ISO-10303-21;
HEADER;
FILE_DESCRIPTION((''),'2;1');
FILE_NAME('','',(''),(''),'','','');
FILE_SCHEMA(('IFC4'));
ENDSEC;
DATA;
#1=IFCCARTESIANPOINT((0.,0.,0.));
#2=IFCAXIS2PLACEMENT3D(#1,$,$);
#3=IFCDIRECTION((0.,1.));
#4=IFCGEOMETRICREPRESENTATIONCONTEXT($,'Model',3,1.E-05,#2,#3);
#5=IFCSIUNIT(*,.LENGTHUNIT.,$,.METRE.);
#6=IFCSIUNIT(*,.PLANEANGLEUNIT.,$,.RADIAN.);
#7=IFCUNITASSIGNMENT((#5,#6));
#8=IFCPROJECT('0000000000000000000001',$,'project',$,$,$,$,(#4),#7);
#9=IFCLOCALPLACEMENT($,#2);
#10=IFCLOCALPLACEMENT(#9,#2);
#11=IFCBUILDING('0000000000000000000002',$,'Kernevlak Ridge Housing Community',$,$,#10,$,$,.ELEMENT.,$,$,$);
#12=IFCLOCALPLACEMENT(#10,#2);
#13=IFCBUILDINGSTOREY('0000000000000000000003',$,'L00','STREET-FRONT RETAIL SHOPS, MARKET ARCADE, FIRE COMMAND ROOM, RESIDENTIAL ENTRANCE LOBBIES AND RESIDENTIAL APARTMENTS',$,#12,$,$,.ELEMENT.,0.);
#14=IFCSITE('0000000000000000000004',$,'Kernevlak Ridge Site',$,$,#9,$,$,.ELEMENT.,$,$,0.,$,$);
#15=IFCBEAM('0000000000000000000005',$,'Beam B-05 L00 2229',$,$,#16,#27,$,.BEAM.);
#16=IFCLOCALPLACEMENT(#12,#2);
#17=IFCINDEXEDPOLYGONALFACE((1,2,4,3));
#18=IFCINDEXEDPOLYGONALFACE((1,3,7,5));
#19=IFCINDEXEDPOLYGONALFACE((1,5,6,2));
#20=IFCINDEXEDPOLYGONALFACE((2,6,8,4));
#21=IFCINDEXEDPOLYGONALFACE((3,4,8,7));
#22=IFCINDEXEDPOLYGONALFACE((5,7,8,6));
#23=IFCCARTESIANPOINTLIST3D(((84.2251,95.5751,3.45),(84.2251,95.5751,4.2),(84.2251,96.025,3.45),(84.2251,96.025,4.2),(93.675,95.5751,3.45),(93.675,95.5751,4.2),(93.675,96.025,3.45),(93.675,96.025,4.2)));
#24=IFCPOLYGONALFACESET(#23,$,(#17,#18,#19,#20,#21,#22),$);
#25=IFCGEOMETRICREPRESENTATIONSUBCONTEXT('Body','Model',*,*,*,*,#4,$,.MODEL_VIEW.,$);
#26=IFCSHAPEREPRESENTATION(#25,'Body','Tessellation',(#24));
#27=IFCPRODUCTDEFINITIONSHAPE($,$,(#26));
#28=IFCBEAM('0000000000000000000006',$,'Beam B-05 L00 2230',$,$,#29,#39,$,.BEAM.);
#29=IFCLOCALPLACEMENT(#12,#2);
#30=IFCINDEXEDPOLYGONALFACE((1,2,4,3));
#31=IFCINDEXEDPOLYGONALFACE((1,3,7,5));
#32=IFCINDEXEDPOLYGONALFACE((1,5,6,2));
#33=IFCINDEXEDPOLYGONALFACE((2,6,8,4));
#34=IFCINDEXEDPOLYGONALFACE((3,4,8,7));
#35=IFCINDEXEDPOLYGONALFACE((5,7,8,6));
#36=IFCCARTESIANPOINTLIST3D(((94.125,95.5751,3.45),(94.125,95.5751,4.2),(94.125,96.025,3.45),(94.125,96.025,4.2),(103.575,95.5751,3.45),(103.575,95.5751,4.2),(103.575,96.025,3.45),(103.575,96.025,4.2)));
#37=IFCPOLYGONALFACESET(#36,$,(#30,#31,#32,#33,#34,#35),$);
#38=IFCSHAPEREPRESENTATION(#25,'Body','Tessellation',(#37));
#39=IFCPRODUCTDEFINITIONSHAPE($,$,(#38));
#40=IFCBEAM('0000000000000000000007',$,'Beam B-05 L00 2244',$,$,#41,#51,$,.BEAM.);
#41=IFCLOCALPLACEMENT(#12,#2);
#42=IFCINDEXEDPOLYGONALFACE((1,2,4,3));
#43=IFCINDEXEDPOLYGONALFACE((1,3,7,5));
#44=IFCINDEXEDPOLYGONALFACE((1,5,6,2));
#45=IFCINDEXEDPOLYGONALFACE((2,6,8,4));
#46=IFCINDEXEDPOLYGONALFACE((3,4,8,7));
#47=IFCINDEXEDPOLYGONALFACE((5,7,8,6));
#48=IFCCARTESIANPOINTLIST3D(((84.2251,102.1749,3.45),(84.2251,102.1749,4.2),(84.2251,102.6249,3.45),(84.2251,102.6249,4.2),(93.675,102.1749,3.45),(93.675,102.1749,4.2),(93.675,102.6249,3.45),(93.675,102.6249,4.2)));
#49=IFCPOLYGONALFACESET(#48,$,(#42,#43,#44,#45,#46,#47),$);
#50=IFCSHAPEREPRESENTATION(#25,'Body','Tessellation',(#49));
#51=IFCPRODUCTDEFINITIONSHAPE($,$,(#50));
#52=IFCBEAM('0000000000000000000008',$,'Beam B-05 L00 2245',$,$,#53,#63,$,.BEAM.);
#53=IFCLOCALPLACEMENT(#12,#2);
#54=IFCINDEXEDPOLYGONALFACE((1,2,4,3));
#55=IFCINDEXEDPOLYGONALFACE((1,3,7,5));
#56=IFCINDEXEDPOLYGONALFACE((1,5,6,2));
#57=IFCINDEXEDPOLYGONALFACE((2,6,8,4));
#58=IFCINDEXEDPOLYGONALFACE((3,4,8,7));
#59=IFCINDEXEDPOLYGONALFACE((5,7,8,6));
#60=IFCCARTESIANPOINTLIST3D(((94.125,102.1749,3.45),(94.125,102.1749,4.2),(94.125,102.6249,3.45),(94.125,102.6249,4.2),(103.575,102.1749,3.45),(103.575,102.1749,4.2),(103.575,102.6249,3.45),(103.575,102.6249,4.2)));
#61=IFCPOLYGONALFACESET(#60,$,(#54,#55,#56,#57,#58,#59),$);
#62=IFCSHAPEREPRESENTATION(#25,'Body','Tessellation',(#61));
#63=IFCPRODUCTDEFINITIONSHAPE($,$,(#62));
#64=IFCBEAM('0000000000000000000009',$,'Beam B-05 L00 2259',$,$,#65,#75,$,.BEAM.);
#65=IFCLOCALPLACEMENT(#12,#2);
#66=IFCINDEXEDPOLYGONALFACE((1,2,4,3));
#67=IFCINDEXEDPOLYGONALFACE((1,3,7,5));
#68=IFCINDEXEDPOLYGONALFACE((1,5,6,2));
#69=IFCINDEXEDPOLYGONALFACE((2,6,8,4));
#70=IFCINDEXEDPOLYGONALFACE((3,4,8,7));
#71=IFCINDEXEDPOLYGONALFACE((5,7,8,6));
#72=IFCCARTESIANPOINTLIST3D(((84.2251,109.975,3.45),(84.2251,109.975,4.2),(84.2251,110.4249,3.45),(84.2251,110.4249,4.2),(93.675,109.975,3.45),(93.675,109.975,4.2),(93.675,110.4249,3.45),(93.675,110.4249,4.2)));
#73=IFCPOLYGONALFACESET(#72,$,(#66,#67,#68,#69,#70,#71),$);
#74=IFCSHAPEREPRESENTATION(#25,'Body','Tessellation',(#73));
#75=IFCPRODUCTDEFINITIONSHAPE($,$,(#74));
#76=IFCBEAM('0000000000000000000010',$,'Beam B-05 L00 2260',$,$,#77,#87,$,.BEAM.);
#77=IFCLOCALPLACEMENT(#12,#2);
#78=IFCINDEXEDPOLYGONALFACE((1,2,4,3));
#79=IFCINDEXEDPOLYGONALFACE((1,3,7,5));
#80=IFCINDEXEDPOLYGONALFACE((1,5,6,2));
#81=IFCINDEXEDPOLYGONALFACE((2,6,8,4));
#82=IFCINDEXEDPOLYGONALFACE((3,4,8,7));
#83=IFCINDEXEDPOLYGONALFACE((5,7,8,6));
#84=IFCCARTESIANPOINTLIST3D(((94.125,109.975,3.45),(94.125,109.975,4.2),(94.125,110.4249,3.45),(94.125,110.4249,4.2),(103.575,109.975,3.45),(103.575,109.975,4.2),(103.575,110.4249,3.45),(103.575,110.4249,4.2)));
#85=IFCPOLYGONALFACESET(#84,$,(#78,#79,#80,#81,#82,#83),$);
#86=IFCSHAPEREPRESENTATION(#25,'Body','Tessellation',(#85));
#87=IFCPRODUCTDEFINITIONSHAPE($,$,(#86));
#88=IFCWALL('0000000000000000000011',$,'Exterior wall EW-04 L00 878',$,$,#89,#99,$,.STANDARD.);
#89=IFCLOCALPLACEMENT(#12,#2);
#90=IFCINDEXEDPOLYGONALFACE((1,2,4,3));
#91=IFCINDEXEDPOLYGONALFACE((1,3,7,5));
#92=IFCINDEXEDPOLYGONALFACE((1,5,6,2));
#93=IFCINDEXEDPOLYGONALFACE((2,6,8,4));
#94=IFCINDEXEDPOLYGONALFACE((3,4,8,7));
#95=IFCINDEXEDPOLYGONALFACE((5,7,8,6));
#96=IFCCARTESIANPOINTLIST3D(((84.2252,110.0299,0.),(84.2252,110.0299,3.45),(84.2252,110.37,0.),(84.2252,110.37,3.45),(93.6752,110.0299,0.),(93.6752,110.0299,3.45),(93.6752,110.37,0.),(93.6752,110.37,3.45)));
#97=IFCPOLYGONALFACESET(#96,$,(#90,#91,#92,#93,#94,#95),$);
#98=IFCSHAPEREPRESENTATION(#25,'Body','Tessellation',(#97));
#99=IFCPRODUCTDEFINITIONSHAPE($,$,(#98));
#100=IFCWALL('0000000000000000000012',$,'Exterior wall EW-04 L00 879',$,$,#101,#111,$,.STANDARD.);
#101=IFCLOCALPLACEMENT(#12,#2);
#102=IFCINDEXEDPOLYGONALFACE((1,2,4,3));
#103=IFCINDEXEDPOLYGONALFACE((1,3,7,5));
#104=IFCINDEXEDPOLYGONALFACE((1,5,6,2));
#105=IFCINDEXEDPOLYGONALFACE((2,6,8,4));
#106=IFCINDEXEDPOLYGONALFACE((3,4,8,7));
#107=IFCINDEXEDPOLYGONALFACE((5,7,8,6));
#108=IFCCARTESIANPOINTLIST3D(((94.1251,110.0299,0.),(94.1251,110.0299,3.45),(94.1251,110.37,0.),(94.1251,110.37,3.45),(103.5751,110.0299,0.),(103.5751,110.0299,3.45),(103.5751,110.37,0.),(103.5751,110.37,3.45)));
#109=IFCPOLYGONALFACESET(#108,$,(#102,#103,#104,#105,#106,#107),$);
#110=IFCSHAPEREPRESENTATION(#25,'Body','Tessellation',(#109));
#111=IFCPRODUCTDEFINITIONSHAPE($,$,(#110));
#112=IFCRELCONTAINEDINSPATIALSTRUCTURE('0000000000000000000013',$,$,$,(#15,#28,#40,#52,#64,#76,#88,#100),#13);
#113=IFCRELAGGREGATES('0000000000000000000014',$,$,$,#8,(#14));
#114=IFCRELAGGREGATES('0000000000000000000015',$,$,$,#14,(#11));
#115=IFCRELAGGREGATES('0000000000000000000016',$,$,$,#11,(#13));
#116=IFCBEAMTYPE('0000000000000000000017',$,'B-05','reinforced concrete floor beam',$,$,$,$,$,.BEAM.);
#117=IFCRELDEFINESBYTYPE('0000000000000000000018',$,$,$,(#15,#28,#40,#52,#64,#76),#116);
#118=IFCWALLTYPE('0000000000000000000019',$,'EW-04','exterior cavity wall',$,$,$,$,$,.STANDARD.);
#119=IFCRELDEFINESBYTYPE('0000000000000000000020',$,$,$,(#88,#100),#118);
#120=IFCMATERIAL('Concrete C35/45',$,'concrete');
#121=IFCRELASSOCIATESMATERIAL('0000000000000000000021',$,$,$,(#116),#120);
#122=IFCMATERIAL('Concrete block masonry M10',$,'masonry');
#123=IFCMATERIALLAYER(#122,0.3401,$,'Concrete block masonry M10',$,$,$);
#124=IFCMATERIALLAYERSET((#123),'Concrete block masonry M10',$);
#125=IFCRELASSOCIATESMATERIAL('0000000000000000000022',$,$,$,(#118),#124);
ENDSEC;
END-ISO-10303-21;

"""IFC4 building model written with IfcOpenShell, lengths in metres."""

from ifc_helpers import new_model, si_unit, direction, frame, frame_2d, origin, origin_2d, place, context, subcontext, project, spatial, rectangle, extrude, material, layer, layer_set, material_profile, profile_set, type_object, element, save


model = new_model("IFC4")

# Units and contexts
model_context = context("Model", 3, precision=1e-05, world=origin(), true_north=direction((0.0, 1.0)))
body_context = subcontext(model_context, "Body", "Model", "MODEL_VIEW")
ifc_project = project(units=[si_unit("LENGTHUNIT", "METRE"), si_unit("PLANEANGLEUNIT", "RADIAN")], contexts=[model_context])

# Site, building, storey
site_placement = place(None, origin())
site = spatial("IfcSite", under=ifc_project, at=site_placement, Name="Kernevlak Ridge Site", CompositionType="ELEMENT", RefElevation=0.0)
building_placement = place(site_placement, origin())
building = spatial("IfcBuilding", under=site, at=building_placement, Name="Kernevlak Ridge Housing Community", CompositionType="ELEMENT")
storey_placement = place(building_placement, origin())
storey = spatial("IfcBuildingStorey", under=building, at=storey_placement, Name="L00", Description="STREET-FRONT RETAIL SHOPS, MARKET ARCADE, FIRE COMMAND ROOM, RESIDENTIAL ENTRANCE LOBBIES AND RESIDENTIAL APARTMENTS", CompositionType="ELEMENT", Elevation=0.0)

# Shared definitions
ifc_material_1 = material(Name="Concrete C35/45", Category="concrete")

# Beams
ifc_material_profile_1 = material_profile(ifc_material_1, rectangle(XDim=0.45, YDim=0.75, at=origin_2d()), Name="RC 450x750")
ifc_profile_set_1 = profile_set([ifc_material_profile_1], Name="Concrete C35/45")
beam_type_1 = type_object("IfcBeamType", Name="B-05", Description="reinforced concrete floor beam", PredefinedType="BEAM", material=ifc_profile_set_1)
for number, where, z_axis, x_axis, name in (
    (1, (84.2251, 95.8, 3.825), (1.0, 0.0, 0.0), (0.0, 1.0, 0.0), "Beam B-05 L00 2229"),
    (2, (94.125, 95.8, 3.825), (1.0, 0.0, 0.0), (0.0, 1.0, 0.0), "Beam B-05 L00 2230"),
    (3, (84.2251, 102.3999, 3.825), (1.0, 0.0, 0.0), (0.0, 1.0, 0.0), "Beam B-05 L00 2244"),
    (4, (94.125, 102.3999, 3.825), (1.0, 0.0, 0.0), (0.0, 1.0, 0.0), "Beam B-05 L00 2245"),
    (5, (84.2251, 110.2, 3.825), (1.0, 0.0, 0.0), (0.0, 1.0, 0.0), "Beam B-05 L00 2259"),
    (6, (94.125, 110.2, 3.825), (1.0, 0.0, 0.0), (0.0, 1.0, 0.0), "Beam B-05 L00 2260"),
):
    element("IfcBeam", number, at=place(storey_placement, frame(where, z_axis=z_axis, x_axis=x_axis)), inside=storey, type_object=beam_type_1, Name=name, PredefinedType="BEAM", context=body_context, shape_type="SweptSolid", body=[
        extrude(rectangle(XDim=0.45, YDim=0.75, at=origin_2d()), origin(), (0.0, 0.0, 1.0), 9.45),
    ])

# Walls
ifc_material_2 = material(Name="Concrete block masonry M10", Category="masonry")
ifc_layer = layer(ifc_material_2, 0.3401, Name="Concrete block masonry M10")
ifc_layer_set = layer_set([ifc_layer], Name="Concrete block masonry M10")
wall_type = type_object("IfcWallType", Name="EW-04", Description="exterior cavity wall", PredefinedType="STANDARD", material=ifc_layer_set)
for number, where, z_axis, x_axis, name in (
    (7, (84.2251, 110.2, 0.0), (0.0, 0.0, 1.0), (1.0, 0.0, 0.0), "Exterior wall EW-04 L00 878"),
    (8, (94.125, 110.2, 0.0), (0.0, 0.0, 1.0), (1.0, 0.0, 0.0), "Exterior wall EW-04 L00 879"),
):
    element("IfcWall", number, at=place(storey_placement, frame(where, z_axis=z_axis, x_axis=x_axis)), inside=storey, type_object=wall_type, Name=name, PredefinedType="STANDARD", context=body_context, shape_type="SweptSolid", body=[
        extrude(rectangle(XDim=9.45, YDim=0.3401, at=frame_2d((4.7251, 0.0))), origin(), (0.0, 0.0, 1.0), 3.45),
    ])

save(model, "model.ifc")
